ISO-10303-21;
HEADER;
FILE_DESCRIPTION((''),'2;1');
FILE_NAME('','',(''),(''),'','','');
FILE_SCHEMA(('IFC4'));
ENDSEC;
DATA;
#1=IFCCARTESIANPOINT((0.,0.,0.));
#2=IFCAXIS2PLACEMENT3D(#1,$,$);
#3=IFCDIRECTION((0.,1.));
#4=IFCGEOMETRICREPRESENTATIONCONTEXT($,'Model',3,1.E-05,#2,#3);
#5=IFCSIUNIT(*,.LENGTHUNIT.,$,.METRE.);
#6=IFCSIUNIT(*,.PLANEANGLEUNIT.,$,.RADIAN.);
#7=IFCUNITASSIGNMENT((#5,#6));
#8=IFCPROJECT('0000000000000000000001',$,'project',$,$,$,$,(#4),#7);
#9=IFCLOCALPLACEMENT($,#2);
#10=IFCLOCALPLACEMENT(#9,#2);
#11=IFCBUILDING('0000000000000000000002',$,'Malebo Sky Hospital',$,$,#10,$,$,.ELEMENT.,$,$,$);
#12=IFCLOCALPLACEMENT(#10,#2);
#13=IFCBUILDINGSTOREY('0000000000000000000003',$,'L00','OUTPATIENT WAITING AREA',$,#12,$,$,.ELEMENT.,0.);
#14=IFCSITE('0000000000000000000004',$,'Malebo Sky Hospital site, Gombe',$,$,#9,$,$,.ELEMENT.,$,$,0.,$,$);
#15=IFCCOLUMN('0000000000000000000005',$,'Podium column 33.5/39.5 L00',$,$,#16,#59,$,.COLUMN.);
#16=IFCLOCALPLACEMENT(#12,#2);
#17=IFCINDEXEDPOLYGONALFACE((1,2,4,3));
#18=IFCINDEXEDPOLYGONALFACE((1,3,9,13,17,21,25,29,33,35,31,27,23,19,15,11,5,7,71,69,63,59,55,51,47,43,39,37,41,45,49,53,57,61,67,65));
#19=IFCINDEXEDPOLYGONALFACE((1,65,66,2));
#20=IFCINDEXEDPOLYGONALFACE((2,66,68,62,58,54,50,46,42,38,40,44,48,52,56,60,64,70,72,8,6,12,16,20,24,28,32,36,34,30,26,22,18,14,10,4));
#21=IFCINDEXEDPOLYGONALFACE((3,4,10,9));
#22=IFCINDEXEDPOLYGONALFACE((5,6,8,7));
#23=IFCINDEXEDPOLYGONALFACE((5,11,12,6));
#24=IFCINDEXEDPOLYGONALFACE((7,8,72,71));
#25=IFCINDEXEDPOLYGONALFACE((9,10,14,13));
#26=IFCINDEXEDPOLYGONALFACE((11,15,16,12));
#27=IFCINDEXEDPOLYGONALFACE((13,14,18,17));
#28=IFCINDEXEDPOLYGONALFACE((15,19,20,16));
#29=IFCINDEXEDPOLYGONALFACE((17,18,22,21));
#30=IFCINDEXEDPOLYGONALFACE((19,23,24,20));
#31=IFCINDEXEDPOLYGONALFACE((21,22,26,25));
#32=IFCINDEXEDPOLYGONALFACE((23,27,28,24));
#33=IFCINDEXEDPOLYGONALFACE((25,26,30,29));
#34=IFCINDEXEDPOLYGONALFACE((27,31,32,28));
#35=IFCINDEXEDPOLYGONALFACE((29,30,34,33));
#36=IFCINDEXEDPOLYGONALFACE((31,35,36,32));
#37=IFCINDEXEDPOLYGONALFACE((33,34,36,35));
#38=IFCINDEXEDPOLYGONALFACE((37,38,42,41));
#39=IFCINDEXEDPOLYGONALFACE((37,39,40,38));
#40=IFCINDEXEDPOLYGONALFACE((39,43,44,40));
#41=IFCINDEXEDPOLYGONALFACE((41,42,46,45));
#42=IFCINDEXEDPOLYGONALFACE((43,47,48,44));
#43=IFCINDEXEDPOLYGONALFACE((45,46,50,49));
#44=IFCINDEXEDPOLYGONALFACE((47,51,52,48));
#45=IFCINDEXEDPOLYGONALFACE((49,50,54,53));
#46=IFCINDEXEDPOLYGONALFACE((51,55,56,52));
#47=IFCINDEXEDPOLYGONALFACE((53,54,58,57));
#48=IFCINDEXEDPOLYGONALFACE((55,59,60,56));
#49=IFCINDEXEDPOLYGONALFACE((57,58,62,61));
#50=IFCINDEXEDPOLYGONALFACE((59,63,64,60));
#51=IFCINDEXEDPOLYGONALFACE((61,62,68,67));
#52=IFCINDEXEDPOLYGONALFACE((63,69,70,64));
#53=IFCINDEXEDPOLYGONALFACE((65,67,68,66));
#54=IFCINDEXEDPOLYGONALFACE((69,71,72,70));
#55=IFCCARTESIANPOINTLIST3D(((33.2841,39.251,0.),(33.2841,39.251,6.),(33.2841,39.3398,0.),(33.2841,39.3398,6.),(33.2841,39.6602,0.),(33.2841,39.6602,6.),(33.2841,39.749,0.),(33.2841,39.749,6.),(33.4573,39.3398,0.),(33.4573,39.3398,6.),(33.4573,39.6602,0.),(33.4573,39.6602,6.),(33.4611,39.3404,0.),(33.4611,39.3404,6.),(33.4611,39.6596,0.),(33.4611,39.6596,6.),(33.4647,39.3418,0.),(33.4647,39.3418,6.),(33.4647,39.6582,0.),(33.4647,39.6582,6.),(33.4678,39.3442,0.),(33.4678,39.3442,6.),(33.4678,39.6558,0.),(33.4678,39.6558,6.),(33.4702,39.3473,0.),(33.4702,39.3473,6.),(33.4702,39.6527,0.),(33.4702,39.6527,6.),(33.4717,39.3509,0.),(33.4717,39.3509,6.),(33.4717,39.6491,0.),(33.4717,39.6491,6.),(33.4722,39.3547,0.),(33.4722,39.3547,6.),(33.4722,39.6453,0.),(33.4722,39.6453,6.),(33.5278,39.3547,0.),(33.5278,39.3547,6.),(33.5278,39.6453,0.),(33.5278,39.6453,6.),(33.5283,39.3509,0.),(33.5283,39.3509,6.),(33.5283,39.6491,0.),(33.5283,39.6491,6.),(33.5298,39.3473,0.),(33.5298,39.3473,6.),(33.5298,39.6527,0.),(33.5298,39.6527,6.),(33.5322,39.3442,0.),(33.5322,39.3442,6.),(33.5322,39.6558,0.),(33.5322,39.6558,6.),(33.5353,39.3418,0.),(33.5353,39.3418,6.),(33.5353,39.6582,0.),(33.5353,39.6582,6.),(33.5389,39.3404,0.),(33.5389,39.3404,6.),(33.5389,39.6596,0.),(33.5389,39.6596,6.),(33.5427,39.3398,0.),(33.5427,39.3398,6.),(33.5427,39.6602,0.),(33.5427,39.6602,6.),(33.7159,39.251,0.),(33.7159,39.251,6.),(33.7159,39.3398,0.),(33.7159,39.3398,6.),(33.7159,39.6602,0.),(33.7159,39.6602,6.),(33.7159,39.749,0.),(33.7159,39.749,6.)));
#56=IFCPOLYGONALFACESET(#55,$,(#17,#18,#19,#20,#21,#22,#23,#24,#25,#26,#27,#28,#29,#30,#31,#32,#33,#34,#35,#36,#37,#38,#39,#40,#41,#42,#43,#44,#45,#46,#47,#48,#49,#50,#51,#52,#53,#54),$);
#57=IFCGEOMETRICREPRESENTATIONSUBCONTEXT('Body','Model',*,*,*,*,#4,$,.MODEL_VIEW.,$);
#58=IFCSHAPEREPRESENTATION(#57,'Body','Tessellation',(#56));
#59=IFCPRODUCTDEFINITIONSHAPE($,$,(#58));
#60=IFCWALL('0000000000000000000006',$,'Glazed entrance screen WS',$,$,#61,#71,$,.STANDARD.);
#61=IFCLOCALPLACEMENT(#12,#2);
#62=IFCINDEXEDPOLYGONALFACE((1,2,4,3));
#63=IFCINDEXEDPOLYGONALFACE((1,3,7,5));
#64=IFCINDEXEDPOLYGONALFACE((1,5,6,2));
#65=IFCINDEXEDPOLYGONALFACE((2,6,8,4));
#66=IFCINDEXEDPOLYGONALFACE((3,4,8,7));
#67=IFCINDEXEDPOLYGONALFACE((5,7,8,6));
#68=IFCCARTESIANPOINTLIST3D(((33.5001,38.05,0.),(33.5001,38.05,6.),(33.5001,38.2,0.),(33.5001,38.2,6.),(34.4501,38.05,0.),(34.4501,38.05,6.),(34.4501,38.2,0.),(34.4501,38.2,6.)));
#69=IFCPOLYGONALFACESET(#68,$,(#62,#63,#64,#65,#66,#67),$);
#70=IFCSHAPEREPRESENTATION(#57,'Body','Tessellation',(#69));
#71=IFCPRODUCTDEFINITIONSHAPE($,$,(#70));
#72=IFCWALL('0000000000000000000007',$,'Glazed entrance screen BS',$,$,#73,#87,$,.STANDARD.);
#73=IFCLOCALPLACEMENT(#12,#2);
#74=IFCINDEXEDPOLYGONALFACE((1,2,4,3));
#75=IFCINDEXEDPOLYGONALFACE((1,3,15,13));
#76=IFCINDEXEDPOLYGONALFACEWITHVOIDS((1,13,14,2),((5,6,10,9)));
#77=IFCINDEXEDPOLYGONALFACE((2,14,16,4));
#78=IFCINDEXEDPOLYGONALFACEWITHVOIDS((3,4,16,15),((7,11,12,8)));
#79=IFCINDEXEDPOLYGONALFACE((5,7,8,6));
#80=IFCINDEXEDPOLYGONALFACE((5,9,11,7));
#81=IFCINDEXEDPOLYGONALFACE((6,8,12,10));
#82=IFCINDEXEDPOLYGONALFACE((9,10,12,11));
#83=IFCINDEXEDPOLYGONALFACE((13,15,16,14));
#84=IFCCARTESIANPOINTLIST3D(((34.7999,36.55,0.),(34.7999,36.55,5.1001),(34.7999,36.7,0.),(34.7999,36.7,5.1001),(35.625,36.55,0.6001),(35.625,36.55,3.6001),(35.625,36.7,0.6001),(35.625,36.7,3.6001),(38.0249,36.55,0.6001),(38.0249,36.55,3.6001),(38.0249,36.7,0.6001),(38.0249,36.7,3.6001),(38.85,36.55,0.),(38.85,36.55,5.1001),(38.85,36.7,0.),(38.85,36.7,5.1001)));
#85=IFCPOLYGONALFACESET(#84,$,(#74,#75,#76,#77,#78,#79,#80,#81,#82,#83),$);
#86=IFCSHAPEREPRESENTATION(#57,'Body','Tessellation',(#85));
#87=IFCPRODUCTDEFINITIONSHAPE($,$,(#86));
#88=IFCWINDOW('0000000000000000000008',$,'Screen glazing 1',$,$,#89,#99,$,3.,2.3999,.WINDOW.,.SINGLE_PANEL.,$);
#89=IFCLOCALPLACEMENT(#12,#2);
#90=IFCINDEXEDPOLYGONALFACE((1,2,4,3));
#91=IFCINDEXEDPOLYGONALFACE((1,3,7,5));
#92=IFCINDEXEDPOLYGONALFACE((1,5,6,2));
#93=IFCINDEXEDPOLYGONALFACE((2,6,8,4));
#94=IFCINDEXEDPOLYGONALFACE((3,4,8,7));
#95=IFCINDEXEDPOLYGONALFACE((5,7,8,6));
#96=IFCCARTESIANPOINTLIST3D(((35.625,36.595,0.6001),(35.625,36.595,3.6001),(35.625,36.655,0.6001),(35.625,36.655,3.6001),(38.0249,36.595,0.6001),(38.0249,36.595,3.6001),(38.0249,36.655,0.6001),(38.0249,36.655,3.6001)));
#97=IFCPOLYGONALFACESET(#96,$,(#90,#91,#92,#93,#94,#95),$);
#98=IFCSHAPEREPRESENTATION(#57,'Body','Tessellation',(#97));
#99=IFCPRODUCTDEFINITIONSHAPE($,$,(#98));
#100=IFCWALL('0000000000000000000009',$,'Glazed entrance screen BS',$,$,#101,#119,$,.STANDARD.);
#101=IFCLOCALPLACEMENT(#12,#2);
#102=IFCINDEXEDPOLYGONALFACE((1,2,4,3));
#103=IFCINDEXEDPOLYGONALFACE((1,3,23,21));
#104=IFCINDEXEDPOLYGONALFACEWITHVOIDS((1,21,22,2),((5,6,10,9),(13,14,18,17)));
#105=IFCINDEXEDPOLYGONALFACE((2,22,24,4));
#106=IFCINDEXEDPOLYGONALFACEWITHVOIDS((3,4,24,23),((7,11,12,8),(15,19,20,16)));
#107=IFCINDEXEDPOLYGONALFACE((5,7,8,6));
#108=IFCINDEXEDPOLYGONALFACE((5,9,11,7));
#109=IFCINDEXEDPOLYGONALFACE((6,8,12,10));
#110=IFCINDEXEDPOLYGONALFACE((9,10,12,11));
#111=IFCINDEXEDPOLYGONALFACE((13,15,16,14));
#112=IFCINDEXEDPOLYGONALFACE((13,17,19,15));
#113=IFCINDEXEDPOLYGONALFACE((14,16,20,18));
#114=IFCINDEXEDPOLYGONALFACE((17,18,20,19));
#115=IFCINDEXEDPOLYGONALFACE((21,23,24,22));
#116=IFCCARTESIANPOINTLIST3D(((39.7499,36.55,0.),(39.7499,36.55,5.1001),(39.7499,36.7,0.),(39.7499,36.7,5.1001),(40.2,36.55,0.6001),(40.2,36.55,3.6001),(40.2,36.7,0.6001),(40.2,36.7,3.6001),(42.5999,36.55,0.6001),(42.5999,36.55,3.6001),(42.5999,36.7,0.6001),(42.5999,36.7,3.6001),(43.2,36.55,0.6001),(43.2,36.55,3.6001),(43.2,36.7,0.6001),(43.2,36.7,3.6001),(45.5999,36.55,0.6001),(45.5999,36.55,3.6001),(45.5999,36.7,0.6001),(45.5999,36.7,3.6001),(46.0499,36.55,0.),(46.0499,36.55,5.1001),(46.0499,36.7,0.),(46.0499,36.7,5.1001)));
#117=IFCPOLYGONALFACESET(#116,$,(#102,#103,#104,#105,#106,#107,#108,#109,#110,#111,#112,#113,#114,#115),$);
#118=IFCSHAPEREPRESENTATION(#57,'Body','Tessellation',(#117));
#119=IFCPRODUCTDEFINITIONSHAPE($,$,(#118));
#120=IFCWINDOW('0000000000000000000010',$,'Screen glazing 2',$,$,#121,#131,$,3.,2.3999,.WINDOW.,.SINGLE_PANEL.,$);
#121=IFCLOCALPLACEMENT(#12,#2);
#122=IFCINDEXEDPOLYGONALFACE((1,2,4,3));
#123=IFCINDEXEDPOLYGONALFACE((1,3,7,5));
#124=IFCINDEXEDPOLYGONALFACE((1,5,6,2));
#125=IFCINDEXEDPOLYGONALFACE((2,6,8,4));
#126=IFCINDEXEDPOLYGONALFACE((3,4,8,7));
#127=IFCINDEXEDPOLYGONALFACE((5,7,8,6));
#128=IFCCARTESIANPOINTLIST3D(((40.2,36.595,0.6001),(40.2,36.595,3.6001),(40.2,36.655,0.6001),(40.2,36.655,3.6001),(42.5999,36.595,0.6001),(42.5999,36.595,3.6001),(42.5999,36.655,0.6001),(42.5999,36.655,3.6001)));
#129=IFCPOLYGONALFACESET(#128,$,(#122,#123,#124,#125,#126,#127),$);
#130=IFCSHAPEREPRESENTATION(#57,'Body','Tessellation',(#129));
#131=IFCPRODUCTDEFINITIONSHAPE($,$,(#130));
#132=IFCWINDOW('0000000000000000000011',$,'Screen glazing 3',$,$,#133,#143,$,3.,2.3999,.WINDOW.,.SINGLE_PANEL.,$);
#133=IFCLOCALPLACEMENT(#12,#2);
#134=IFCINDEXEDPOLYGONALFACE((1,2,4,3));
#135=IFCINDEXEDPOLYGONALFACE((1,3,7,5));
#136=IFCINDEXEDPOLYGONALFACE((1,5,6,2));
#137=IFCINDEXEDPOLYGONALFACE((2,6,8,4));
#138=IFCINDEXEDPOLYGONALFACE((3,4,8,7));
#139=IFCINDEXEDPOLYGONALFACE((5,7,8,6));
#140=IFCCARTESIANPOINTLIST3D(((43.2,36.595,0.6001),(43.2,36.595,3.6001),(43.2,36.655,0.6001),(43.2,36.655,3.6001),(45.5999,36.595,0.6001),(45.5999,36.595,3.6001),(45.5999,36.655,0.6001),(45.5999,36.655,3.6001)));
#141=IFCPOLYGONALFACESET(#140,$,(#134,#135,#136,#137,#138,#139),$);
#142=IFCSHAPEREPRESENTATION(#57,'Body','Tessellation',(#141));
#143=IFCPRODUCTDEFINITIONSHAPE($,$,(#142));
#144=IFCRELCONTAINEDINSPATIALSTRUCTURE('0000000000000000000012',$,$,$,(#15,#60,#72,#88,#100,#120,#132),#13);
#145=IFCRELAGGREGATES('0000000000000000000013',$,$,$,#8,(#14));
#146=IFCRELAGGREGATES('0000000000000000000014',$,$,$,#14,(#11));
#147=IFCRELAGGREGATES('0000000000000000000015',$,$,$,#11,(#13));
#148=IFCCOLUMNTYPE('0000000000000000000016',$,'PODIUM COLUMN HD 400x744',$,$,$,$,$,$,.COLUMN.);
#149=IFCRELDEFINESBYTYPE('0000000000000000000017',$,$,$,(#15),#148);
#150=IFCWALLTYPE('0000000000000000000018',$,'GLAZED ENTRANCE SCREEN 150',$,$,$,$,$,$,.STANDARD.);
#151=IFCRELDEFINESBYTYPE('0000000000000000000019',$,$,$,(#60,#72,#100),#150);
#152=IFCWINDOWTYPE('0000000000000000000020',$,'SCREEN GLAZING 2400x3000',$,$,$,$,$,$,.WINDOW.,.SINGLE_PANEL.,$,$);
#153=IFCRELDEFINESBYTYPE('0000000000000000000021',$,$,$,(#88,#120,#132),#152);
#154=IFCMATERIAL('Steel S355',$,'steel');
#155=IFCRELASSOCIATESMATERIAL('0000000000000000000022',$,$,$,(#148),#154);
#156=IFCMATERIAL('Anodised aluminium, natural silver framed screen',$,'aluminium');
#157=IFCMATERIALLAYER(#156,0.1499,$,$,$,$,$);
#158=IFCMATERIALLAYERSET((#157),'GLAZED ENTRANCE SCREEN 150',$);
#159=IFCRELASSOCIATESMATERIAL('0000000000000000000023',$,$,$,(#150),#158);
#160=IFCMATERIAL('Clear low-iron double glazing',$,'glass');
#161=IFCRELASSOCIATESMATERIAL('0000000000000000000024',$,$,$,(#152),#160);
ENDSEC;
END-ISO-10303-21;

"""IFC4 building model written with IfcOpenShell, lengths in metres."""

from ifc_helpers import new_model, si_unit, direction, frame, frame_2d, origin, origin_2d, place, context, subcontext, project, spatial, rectangle, i_section, extrude, material, layer, layer_set, material_profile, profile_set, type_object, element, fill, save


model = new_model("IFC4")

# Units and contexts
model_context = context("Model", 3, precision=1e-05, world=origin(), true_north=direction((0.0, 1.0)))
body_context = subcontext(model_context, "Body", "Model", "MODEL_VIEW")
ifc_project = project(units=[si_unit("LENGTHUNIT", "METRE"), si_unit("PLANEANGLEUNIT", "RADIAN")], contexts=[model_context])

# Site, building, storey
site_placement = place(None, origin())
site = spatial("IfcSite", under=ifc_project, at=site_placement, Name="Malebo Sky Hospital site, Gombe", CompositionType="ELEMENT", RefElevation=0.0)
building_placement = place(site_placement, origin())
building = spatial("IfcBuilding", under=site, at=building_placement, Name="Malebo Sky Hospital", CompositionType="ELEMENT")
storey_placement = place(building_placement, origin())
storey = spatial("IfcBuildingStorey", under=building, at=storey_placement, Name="L00", Description="OUTPATIENT WAITING AREA", CompositionType="ELEMENT", Elevation=0.0)

# Column
ifc_material_1 = material(Name="Steel S355", Category="steel")
ifc_material_profile_1 = material_profile(ifc_material_1, i_section(OverallWidth=0.4319, OverallDepth=0.498, WebThickness=0.0557, FlangeThickness=0.0889, FilletRadius=0.0149, at=origin_2d()), Name="HD 400x744")
ifc_profile_set_1 = profile_set([ifc_material_profile_1], Name="Steel S355")
column_type_1 = type_object("IfcColumnType", Name="PODIUM COLUMN HD 400x744", PredefinedType="COLUMN", material=ifc_profile_set_1)
column_1_placement = place(storey_placement, frame((33.5, 39.5, 0.0), z_axis=(0.0, 0.0, 1.0), x_axis=(1.0, 0.0, 0.0)))
element("IfcColumn", 1, at=column_1_placement, inside=storey, type_object=column_type_1, Name="Podium column 33.5/39.5 L00", PredefinedType="COLUMN", context=body_context, shape_type="SweptSolid", body=[
    extrude(i_section(OverallWidth=0.4319, OverallDepth=0.498, WebThickness=0.0557, FlangeThickness=0.0889, FilletRadius=0.0149, at=origin_2d()), origin(), (0.0, 0.0, 1.0), 6.0),
])

# Wall
ifc_material_2 = material(Name="Anodised aluminium, natural silver framed screen", Category="aluminium")
ifc_layer_1 = layer(ifc_material_2, 0.1499)
ifc_layer_set_1 = layer_set([ifc_layer_1], Name="GLAZED ENTRANCE SCREEN 150")
wall_type_1 = type_object("IfcWallType", Name="GLAZED ENTRANCE SCREEN 150", PredefinedType="STANDARD", material=ifc_layer_set_1)
wall_1_placement = place(storey_placement, frame((33.5, 38.125, 0.0), z_axis=(0.0, 0.0, 1.0), x_axis=(1.0, 0.0, 0.0)))
element("IfcWall", 2, at=wall_1_placement, inside=storey, type_object=wall_type_1, Name="Glazed entrance screen WS", PredefinedType="STANDARD", context=body_context, shape_type="SweptSolid", body=[
    extrude(rectangle(XDim=0.95, YDim=0.1499, at=frame_2d((0.4751, 0.0))), origin(), (0.0, 0.0, 1.0), 6.0),
])

# Wall, opening, window
wall_2_placement = place(storey_placement, frame((34.8, 36.625, 0.0), z_axis=(0.0, 0.0, 1.0), x_axis=(1.0, 0.0, 0.0)))
wall_2 = element("IfcWall", 3, at=wall_2_placement, inside=storey, type_object=wall_type_1, Name="Glazed entrance screen BS", PredefinedType="STANDARD", context=body_context, shape_type="SweptSolid", body=[
    extrude(rectangle(XDim=4.05, YDim=0.1499, at=frame_2d((2.0249, 0.0))), origin(), (0.0, 0.0, 1.0), 5.1001),
])
opening_1_placement = place(wall_2_placement, frame((0.825, 0.0, 0.6001)))
opening_1 = element("IfcOpeningElement", 4, at=opening_1_placement, cuts=wall_2, PredefinedType="OPENING", context=body_context, shape_type="SweptSolid", body=[
    extrude(rectangle(XDim=2.3999, YDim=3.0, at=frame_2d((1.2, 1.5))), frame((0.0, 0.085, 0.0), z_axis=(0.0, -1.0, 0.0), x_axis=(1.0, 0.0, 0.0)), (0.0, 0.0, 1.0), 0.1699),
])
ifc_material_3 = material(Name="Clear low-iron double glazing", Category="glass")
window_type = type_object("IfcWindowType", Name="SCREEN GLAZING 2400x3000", PartitioningType="SINGLE_PANEL", PredefinedType="WINDOW", material=ifc_material_3)
window_1_placement = place(opening_1_placement, origin())
window_1 = element("IfcWindow", 5, at=window_1_placement, inside=storey, type_object=window_type, Name="Screen glazing 1", OverallHeight=3.0, OverallWidth=2.3999, PartitioningType="SINGLE_PANEL", PredefinedType="WINDOW", context=body_context, shape_type="SweptSolid", body=[
    extrude(rectangle(XDim=2.3999, YDim=3.0, at=frame_2d((1.2, 1.5))), frame((0.0, 0.03, 0.0), z_axis=(0.0, -1.0, 0.0), x_axis=(1.0, 0.0, 0.0)), (0.0, 0.0, 1.0), 0.0601),
])
fill(opening_1, window_1)

# Wall, openings, windows
wall_3_placement = place(storey_placement, frame((39.75, 36.625, 0.0), z_axis=(0.0, 0.0, 1.0), x_axis=(1.0, 0.0, 0.0)))
wall_3 = element("IfcWall", 6, at=wall_3_placement, inside=storey, type_object=wall_type_1, Name="Glazed entrance screen BS", PredefinedType="STANDARD", context=body_context, shape_type="SweptSolid", body=[
    extrude(rectangle(XDim=6.3, YDim=0.1499, at=frame_2d((3.1499, 0.0))), origin(), (0.0, 0.0, 1.0), 5.1001),
])
opening_2_placement = place(wall_3_placement, frame((0.45, 0.0, 0.6001)))
opening_2 = element("IfcOpeningElement", 7, at=opening_2_placement, cuts=wall_3, PredefinedType="OPENING", context=body_context, shape_type="SweptSolid", body=[
    extrude(rectangle(XDim=2.3999, YDim=3.0, at=frame_2d((1.2, 1.5))), frame((0.0, 0.085, 0.0), z_axis=(0.0, -1.0, 0.0), x_axis=(1.0, 0.0, 0.0)), (0.0, 0.0, 1.0), 0.1699),
])
opening_3_placement = place(wall_3_placement, frame((3.45, 0.0, 0.6001)))
opening_3 = element("IfcOpeningElement", 8, at=opening_3_placement, cuts=wall_3, PredefinedType="OPENING", context=body_context, shape_type="SweptSolid", body=[
    extrude(rectangle(XDim=2.3999, YDim=3.0, at=frame_2d((1.2, 1.5))), frame((0.0, 0.085, 0.0), z_axis=(0.0, -1.0, 0.0), x_axis=(1.0, 0.0, 0.0)), (0.0, 0.0, 1.0), 0.1699),
])
window_2_placement = place(opening_2_placement, origin())
window_2 = element("IfcWindow", 9, at=window_2_placement, inside=storey, type_object=window_type, Name="Screen glazing 2", OverallHeight=3.0, OverallWidth=2.3999, PartitioningType="SINGLE_PANEL", PredefinedType="WINDOW", context=body_context, shape_type="SweptSolid", body=[
    extrude(rectangle(XDim=2.3999, YDim=3.0, at=frame_2d((1.2, 1.5))), frame((0.0, 0.03, 0.0), z_axis=(0.0, -1.0, 0.0), x_axis=(1.0, 0.0, 0.0)), (0.0, 0.0, 1.0), 0.0601),
])
fill(opening_2, window_2)
window_3_placement = place(opening_3_placement, origin())
window_3 = element("IfcWindow", 10, at=window_3_placement, inside=storey, type_object=window_type, Name="Screen glazing 3", OverallHeight=3.0, OverallWidth=2.3999, PartitioningType="SINGLE_PANEL", PredefinedType="WINDOW", context=body_context, shape_type="SweptSolid", body=[
    extrude(rectangle(XDim=2.3999, YDim=3.0, at=frame_2d((1.2, 1.5))), frame((0.0, 0.03, 0.0), z_axis=(0.0, -1.0, 0.0), x_axis=(1.0, 0.0, 0.0)), (0.0, 0.0, 1.0), 0.0601),
])
fill(opening_3, window_3)

save(model, "model.ifc")
